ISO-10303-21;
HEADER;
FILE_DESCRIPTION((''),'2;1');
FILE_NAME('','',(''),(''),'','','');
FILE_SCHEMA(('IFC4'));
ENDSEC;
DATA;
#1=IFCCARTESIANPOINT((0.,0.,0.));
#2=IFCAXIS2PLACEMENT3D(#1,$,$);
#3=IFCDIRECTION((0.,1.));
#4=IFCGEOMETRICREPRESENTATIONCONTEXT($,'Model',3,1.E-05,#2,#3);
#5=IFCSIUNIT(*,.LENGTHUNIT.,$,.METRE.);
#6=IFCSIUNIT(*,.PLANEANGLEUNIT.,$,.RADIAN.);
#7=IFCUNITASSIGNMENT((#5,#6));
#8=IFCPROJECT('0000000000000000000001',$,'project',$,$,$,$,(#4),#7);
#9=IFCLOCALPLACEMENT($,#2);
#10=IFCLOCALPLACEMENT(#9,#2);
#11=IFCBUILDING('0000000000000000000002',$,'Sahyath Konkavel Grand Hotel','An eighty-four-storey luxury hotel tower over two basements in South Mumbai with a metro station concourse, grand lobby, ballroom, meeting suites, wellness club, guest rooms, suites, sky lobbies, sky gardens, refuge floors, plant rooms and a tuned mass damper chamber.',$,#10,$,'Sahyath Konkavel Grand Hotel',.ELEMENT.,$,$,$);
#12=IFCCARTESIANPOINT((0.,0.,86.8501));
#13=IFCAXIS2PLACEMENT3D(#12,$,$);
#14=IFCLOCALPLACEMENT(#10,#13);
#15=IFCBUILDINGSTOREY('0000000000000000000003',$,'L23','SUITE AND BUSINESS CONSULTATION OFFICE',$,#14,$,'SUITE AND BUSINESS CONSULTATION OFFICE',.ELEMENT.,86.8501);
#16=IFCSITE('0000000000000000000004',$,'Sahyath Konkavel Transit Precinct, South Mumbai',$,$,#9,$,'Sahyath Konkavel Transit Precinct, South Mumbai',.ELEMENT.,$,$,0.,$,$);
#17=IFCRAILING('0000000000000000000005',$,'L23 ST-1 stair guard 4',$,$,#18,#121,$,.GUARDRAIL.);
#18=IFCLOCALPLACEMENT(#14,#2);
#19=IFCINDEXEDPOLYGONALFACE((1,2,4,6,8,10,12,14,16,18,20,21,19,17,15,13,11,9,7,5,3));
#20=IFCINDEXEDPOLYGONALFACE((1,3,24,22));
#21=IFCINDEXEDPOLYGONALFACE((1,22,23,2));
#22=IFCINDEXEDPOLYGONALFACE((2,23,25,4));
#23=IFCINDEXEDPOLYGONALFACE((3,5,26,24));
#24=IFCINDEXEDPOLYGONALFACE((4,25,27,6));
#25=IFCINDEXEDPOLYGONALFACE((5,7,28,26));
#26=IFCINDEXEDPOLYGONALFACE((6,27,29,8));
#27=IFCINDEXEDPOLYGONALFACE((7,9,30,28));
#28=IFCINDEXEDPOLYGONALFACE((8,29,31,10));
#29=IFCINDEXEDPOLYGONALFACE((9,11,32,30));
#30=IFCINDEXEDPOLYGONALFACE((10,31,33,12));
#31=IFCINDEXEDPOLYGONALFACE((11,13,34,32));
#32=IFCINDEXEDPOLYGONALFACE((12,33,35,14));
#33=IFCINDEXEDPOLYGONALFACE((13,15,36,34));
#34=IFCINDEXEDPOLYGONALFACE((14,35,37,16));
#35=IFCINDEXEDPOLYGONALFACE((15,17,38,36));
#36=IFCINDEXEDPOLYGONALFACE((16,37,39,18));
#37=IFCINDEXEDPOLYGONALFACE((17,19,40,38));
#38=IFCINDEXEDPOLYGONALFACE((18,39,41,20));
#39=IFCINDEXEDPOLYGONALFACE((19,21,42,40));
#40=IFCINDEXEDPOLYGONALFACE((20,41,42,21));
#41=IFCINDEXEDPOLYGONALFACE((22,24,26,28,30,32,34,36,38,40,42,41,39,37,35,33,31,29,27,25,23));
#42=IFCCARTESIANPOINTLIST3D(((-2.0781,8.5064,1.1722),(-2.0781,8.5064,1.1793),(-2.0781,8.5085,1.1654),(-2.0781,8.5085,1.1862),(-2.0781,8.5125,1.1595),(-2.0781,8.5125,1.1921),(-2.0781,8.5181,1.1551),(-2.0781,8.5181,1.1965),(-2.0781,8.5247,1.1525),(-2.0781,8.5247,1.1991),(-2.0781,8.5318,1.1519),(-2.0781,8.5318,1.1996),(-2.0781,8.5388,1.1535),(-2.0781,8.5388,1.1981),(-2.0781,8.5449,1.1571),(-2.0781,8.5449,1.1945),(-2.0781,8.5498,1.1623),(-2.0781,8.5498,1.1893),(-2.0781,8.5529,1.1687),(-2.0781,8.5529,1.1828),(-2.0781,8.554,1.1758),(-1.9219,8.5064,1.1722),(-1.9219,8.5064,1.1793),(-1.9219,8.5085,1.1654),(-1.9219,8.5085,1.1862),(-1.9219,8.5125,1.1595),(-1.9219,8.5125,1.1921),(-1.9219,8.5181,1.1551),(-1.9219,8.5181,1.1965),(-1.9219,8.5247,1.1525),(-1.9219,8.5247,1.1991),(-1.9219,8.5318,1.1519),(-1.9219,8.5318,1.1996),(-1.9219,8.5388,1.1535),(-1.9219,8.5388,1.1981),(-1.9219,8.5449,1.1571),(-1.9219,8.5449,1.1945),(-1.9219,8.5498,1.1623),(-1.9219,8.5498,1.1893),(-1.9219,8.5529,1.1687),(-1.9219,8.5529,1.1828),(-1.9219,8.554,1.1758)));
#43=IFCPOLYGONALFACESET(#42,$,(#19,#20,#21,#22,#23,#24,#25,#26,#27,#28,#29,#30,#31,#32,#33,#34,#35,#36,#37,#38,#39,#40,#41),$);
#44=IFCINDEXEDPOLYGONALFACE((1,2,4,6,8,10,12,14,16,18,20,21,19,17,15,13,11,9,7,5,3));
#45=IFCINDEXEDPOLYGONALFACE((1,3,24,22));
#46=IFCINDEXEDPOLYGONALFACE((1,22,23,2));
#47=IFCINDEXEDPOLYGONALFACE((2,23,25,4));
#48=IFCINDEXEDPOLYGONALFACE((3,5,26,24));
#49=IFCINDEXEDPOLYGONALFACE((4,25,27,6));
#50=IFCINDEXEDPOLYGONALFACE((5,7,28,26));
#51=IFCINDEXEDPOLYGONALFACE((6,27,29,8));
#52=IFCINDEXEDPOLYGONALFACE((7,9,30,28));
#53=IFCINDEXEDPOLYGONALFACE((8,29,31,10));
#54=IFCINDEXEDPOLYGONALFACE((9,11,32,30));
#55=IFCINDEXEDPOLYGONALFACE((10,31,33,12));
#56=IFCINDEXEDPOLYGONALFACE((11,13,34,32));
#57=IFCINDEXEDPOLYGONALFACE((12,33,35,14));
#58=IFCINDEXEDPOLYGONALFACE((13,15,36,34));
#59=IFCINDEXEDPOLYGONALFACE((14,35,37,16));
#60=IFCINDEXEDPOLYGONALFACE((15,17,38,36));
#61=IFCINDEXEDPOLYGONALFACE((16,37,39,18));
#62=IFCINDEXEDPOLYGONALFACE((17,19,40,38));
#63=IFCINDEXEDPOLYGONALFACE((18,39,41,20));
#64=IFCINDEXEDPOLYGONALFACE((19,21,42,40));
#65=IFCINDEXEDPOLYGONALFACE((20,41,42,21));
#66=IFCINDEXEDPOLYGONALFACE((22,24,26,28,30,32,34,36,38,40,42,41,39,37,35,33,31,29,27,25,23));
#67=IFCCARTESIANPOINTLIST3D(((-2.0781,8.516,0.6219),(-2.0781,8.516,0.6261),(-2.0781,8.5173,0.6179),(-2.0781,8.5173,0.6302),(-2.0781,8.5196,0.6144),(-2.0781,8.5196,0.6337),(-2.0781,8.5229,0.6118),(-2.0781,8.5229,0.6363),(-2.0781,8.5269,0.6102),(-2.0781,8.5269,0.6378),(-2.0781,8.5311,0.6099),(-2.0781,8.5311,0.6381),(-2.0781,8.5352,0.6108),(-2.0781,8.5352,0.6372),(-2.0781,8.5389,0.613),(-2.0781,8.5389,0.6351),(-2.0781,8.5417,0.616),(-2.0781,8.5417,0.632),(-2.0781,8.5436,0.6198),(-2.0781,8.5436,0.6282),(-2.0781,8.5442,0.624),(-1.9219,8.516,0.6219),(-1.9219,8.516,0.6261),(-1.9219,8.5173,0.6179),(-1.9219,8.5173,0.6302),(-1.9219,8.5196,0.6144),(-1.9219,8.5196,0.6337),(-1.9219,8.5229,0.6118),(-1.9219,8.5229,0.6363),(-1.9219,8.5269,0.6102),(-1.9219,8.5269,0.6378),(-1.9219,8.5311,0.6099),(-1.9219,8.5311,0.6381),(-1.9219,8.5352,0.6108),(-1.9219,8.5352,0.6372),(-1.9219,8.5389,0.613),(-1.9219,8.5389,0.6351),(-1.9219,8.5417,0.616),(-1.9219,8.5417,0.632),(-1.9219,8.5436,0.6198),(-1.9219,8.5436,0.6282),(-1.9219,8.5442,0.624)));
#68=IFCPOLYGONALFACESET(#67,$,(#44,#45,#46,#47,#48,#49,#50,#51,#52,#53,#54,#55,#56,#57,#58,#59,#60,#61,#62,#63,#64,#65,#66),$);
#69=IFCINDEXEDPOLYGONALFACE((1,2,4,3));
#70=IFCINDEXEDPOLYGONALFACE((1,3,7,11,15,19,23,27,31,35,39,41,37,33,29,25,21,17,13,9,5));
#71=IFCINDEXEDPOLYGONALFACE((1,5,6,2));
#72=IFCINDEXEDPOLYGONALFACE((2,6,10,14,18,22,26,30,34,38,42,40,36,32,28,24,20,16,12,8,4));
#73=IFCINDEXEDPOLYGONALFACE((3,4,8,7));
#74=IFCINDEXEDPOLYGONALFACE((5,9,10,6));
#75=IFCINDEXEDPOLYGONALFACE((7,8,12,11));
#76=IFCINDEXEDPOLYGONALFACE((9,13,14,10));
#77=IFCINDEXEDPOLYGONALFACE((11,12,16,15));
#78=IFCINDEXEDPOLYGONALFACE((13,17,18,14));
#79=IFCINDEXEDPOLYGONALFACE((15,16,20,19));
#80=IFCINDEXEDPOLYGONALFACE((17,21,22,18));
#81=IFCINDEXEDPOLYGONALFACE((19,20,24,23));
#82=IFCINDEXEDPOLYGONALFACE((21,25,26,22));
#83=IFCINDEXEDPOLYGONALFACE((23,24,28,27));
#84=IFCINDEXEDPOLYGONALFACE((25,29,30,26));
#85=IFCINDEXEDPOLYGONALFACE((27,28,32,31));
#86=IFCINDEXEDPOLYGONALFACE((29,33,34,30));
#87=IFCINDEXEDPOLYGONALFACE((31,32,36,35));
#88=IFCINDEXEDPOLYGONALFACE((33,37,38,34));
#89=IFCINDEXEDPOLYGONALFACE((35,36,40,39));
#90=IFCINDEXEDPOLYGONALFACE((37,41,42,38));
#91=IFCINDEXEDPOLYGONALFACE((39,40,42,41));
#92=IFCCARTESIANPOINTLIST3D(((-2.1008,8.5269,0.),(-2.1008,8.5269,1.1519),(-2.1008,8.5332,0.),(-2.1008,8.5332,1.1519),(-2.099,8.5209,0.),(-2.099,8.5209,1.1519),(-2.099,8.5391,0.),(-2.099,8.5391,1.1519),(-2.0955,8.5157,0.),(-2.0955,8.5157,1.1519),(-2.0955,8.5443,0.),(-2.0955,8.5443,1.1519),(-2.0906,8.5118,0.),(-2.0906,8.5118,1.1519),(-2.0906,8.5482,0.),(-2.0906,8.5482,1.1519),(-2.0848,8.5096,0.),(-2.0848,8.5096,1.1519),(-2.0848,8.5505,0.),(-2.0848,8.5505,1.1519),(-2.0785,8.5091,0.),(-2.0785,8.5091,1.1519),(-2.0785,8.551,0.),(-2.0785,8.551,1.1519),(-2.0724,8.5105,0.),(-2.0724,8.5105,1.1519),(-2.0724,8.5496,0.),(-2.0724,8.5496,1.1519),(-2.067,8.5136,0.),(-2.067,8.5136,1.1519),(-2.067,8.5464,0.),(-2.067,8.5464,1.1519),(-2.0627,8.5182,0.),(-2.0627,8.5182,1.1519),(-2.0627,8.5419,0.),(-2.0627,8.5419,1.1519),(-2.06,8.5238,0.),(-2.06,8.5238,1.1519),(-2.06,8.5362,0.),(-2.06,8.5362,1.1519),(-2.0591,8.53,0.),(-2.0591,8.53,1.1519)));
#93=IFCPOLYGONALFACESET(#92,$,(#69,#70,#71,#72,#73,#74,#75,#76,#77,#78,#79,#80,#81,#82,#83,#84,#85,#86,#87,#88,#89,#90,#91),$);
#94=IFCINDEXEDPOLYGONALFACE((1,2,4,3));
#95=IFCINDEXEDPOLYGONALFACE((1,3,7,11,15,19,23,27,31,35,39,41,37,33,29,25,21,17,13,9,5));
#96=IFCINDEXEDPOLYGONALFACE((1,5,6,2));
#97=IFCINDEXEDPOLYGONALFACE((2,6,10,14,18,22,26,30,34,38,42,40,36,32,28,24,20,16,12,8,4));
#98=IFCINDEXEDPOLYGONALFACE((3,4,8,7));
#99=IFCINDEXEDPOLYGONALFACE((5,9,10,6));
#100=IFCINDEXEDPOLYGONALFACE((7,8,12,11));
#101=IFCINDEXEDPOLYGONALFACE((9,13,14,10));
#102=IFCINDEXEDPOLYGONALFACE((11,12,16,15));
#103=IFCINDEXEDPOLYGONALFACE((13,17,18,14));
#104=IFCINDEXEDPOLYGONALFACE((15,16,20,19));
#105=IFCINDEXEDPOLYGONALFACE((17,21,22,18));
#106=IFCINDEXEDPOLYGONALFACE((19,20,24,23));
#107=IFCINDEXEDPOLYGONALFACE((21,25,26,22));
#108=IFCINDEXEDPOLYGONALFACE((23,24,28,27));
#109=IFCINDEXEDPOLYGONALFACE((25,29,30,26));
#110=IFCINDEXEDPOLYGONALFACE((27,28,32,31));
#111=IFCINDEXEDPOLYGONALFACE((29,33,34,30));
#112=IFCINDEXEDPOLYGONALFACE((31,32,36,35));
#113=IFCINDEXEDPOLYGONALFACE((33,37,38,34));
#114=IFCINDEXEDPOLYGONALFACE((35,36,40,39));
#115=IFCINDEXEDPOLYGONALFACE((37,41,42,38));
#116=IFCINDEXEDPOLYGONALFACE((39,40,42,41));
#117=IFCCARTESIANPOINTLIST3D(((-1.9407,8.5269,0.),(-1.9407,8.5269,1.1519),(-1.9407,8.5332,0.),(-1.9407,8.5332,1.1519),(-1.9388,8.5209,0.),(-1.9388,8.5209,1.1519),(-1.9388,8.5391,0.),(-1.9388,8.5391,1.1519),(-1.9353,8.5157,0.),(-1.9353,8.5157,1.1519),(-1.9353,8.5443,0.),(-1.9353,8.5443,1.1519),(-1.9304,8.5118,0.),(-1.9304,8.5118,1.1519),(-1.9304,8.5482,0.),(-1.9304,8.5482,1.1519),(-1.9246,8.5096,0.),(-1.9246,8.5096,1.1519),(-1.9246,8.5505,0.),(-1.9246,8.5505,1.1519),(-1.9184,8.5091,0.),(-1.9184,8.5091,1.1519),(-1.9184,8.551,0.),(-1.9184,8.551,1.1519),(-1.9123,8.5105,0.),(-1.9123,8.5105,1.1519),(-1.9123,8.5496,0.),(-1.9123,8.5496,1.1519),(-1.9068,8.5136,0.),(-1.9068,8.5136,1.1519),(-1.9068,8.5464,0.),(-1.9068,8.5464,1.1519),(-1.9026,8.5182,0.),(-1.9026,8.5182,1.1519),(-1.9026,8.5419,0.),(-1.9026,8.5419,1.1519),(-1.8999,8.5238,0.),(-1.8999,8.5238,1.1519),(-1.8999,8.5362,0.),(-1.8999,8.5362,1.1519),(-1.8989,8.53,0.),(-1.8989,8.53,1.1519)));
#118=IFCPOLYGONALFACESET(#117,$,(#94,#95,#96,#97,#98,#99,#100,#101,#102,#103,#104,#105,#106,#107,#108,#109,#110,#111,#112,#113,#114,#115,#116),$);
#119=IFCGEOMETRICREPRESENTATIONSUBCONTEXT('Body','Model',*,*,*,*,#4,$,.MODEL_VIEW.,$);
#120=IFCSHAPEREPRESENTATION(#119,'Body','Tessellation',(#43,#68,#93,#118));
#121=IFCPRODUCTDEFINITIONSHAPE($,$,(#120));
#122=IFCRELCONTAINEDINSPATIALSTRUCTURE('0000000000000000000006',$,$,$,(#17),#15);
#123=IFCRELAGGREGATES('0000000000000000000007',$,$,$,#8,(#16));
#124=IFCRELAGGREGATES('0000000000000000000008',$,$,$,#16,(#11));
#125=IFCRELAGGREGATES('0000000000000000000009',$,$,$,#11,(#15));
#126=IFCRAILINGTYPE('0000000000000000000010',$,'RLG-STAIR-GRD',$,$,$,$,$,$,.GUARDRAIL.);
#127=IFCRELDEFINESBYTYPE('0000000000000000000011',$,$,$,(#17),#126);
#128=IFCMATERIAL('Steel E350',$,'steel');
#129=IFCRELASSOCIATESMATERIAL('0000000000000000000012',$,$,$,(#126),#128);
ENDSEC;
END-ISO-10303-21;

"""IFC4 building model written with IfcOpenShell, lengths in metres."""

from ifc_helpers import new_model, si_unit, direction, frame, origin, origin_2d, place, context, subcontext, project, spatial, circle, extrude, material, type_object, element, save


model = new_model("IFC4")

# Units and contexts
model_context = context("Model", 3, precision=1e-05, world=origin(), true_north=direction((0.0, 1.0)))
body_context = subcontext(model_context, "Body", "Model", "MODEL_VIEW")
ifc_project = project(units=[si_unit("LENGTHUNIT", "METRE"), si_unit("PLANEANGLEUNIT", "RADIAN")], contexts=[model_context])

# Site, building, storey
site_placement = place(None, origin())
site = spatial("IfcSite", under=ifc_project, at=site_placement, Name="Sahyath Konkavel Transit Precinct, South Mumbai", LongName="Sahyath Konkavel Transit Precinct, South Mumbai", CompositionType="ELEMENT", RefElevation=0.0)
building_placement = place(site_placement, origin())
building = spatial("IfcBuilding", under=site, at=building_placement, Name="Sahyath Konkavel Grand Hotel", Description="An eighty-four-storey luxury hotel tower over two basements in South Mumbai with a metro station concourse, grand lobby, ballroom, meeting suites, wellness club, guest rooms, suites, sky lobbies, sky gardens, refuge floors, plant rooms and a tuned mass damper chamber.", LongName="Sahyath Konkavel Grand Hotel", CompositionType="ELEMENT")
storey_placement = place(building_placement, frame((0.0, 0.0, 86.8501)))
storey = spatial("IfcBuildingStorey", under=building, at=storey_placement, Name="L23", Description="SUITE AND BUSINESS CONSULTATION OFFICE", LongName="SUITE AND BUSINESS CONSULTATION OFFICE", CompositionType="ELEMENT", Elevation=86.8501)

# Shared definitions
ifc_material_1 = material(Name="Steel E350", Category="steel")

# Railing
railing_type_1 = type_object("IfcRailingType", Name="RLG-STAIR-GRD", PredefinedType="GUARDRAIL", material=ifc_material_1)
railing_1_placement = place(storey_placement, frame((-2.0801, 8.53, 0.0)))
element("IfcRailing", 1, at=railing_1_placement, inside=storey, type_object=railing_type_1, Name="L23 ST-1 stair guard 4", PredefinedType="GUARDRAIL", context=body_context, shape_type="SweptSolid", body=[
    extrude(circle(Radius=0.0239, at=origin_2d()), frame((0.002, 0.0, 1.1758), z_axis=(1.0, 0.0, 0.0), x_axis=(0.0, 1.0, 0.0)), (0.0, 0.0, 1.0), 0.1562),
    extrude(circle(Radius=0.0142, at=origin_2d()), frame((0.002, 0.0, 0.624), z_axis=(1.0, 0.0, 0.0), x_axis=(0.0, 1.0, 0.0)), (0.0, 0.0, 1.0), 0.1562),
    extrude(circle(Radius=0.021, at=origin_2d()), origin(), (0.0, 0.0, 1.0), 1.1519),
    extrude(circle(Radius=0.021, at=origin_2d()), frame((0.1602, 0.0, 0.0)), (0.0, 0.0, 1.0), 1.1519),
])

save(model, "model.ifc")
